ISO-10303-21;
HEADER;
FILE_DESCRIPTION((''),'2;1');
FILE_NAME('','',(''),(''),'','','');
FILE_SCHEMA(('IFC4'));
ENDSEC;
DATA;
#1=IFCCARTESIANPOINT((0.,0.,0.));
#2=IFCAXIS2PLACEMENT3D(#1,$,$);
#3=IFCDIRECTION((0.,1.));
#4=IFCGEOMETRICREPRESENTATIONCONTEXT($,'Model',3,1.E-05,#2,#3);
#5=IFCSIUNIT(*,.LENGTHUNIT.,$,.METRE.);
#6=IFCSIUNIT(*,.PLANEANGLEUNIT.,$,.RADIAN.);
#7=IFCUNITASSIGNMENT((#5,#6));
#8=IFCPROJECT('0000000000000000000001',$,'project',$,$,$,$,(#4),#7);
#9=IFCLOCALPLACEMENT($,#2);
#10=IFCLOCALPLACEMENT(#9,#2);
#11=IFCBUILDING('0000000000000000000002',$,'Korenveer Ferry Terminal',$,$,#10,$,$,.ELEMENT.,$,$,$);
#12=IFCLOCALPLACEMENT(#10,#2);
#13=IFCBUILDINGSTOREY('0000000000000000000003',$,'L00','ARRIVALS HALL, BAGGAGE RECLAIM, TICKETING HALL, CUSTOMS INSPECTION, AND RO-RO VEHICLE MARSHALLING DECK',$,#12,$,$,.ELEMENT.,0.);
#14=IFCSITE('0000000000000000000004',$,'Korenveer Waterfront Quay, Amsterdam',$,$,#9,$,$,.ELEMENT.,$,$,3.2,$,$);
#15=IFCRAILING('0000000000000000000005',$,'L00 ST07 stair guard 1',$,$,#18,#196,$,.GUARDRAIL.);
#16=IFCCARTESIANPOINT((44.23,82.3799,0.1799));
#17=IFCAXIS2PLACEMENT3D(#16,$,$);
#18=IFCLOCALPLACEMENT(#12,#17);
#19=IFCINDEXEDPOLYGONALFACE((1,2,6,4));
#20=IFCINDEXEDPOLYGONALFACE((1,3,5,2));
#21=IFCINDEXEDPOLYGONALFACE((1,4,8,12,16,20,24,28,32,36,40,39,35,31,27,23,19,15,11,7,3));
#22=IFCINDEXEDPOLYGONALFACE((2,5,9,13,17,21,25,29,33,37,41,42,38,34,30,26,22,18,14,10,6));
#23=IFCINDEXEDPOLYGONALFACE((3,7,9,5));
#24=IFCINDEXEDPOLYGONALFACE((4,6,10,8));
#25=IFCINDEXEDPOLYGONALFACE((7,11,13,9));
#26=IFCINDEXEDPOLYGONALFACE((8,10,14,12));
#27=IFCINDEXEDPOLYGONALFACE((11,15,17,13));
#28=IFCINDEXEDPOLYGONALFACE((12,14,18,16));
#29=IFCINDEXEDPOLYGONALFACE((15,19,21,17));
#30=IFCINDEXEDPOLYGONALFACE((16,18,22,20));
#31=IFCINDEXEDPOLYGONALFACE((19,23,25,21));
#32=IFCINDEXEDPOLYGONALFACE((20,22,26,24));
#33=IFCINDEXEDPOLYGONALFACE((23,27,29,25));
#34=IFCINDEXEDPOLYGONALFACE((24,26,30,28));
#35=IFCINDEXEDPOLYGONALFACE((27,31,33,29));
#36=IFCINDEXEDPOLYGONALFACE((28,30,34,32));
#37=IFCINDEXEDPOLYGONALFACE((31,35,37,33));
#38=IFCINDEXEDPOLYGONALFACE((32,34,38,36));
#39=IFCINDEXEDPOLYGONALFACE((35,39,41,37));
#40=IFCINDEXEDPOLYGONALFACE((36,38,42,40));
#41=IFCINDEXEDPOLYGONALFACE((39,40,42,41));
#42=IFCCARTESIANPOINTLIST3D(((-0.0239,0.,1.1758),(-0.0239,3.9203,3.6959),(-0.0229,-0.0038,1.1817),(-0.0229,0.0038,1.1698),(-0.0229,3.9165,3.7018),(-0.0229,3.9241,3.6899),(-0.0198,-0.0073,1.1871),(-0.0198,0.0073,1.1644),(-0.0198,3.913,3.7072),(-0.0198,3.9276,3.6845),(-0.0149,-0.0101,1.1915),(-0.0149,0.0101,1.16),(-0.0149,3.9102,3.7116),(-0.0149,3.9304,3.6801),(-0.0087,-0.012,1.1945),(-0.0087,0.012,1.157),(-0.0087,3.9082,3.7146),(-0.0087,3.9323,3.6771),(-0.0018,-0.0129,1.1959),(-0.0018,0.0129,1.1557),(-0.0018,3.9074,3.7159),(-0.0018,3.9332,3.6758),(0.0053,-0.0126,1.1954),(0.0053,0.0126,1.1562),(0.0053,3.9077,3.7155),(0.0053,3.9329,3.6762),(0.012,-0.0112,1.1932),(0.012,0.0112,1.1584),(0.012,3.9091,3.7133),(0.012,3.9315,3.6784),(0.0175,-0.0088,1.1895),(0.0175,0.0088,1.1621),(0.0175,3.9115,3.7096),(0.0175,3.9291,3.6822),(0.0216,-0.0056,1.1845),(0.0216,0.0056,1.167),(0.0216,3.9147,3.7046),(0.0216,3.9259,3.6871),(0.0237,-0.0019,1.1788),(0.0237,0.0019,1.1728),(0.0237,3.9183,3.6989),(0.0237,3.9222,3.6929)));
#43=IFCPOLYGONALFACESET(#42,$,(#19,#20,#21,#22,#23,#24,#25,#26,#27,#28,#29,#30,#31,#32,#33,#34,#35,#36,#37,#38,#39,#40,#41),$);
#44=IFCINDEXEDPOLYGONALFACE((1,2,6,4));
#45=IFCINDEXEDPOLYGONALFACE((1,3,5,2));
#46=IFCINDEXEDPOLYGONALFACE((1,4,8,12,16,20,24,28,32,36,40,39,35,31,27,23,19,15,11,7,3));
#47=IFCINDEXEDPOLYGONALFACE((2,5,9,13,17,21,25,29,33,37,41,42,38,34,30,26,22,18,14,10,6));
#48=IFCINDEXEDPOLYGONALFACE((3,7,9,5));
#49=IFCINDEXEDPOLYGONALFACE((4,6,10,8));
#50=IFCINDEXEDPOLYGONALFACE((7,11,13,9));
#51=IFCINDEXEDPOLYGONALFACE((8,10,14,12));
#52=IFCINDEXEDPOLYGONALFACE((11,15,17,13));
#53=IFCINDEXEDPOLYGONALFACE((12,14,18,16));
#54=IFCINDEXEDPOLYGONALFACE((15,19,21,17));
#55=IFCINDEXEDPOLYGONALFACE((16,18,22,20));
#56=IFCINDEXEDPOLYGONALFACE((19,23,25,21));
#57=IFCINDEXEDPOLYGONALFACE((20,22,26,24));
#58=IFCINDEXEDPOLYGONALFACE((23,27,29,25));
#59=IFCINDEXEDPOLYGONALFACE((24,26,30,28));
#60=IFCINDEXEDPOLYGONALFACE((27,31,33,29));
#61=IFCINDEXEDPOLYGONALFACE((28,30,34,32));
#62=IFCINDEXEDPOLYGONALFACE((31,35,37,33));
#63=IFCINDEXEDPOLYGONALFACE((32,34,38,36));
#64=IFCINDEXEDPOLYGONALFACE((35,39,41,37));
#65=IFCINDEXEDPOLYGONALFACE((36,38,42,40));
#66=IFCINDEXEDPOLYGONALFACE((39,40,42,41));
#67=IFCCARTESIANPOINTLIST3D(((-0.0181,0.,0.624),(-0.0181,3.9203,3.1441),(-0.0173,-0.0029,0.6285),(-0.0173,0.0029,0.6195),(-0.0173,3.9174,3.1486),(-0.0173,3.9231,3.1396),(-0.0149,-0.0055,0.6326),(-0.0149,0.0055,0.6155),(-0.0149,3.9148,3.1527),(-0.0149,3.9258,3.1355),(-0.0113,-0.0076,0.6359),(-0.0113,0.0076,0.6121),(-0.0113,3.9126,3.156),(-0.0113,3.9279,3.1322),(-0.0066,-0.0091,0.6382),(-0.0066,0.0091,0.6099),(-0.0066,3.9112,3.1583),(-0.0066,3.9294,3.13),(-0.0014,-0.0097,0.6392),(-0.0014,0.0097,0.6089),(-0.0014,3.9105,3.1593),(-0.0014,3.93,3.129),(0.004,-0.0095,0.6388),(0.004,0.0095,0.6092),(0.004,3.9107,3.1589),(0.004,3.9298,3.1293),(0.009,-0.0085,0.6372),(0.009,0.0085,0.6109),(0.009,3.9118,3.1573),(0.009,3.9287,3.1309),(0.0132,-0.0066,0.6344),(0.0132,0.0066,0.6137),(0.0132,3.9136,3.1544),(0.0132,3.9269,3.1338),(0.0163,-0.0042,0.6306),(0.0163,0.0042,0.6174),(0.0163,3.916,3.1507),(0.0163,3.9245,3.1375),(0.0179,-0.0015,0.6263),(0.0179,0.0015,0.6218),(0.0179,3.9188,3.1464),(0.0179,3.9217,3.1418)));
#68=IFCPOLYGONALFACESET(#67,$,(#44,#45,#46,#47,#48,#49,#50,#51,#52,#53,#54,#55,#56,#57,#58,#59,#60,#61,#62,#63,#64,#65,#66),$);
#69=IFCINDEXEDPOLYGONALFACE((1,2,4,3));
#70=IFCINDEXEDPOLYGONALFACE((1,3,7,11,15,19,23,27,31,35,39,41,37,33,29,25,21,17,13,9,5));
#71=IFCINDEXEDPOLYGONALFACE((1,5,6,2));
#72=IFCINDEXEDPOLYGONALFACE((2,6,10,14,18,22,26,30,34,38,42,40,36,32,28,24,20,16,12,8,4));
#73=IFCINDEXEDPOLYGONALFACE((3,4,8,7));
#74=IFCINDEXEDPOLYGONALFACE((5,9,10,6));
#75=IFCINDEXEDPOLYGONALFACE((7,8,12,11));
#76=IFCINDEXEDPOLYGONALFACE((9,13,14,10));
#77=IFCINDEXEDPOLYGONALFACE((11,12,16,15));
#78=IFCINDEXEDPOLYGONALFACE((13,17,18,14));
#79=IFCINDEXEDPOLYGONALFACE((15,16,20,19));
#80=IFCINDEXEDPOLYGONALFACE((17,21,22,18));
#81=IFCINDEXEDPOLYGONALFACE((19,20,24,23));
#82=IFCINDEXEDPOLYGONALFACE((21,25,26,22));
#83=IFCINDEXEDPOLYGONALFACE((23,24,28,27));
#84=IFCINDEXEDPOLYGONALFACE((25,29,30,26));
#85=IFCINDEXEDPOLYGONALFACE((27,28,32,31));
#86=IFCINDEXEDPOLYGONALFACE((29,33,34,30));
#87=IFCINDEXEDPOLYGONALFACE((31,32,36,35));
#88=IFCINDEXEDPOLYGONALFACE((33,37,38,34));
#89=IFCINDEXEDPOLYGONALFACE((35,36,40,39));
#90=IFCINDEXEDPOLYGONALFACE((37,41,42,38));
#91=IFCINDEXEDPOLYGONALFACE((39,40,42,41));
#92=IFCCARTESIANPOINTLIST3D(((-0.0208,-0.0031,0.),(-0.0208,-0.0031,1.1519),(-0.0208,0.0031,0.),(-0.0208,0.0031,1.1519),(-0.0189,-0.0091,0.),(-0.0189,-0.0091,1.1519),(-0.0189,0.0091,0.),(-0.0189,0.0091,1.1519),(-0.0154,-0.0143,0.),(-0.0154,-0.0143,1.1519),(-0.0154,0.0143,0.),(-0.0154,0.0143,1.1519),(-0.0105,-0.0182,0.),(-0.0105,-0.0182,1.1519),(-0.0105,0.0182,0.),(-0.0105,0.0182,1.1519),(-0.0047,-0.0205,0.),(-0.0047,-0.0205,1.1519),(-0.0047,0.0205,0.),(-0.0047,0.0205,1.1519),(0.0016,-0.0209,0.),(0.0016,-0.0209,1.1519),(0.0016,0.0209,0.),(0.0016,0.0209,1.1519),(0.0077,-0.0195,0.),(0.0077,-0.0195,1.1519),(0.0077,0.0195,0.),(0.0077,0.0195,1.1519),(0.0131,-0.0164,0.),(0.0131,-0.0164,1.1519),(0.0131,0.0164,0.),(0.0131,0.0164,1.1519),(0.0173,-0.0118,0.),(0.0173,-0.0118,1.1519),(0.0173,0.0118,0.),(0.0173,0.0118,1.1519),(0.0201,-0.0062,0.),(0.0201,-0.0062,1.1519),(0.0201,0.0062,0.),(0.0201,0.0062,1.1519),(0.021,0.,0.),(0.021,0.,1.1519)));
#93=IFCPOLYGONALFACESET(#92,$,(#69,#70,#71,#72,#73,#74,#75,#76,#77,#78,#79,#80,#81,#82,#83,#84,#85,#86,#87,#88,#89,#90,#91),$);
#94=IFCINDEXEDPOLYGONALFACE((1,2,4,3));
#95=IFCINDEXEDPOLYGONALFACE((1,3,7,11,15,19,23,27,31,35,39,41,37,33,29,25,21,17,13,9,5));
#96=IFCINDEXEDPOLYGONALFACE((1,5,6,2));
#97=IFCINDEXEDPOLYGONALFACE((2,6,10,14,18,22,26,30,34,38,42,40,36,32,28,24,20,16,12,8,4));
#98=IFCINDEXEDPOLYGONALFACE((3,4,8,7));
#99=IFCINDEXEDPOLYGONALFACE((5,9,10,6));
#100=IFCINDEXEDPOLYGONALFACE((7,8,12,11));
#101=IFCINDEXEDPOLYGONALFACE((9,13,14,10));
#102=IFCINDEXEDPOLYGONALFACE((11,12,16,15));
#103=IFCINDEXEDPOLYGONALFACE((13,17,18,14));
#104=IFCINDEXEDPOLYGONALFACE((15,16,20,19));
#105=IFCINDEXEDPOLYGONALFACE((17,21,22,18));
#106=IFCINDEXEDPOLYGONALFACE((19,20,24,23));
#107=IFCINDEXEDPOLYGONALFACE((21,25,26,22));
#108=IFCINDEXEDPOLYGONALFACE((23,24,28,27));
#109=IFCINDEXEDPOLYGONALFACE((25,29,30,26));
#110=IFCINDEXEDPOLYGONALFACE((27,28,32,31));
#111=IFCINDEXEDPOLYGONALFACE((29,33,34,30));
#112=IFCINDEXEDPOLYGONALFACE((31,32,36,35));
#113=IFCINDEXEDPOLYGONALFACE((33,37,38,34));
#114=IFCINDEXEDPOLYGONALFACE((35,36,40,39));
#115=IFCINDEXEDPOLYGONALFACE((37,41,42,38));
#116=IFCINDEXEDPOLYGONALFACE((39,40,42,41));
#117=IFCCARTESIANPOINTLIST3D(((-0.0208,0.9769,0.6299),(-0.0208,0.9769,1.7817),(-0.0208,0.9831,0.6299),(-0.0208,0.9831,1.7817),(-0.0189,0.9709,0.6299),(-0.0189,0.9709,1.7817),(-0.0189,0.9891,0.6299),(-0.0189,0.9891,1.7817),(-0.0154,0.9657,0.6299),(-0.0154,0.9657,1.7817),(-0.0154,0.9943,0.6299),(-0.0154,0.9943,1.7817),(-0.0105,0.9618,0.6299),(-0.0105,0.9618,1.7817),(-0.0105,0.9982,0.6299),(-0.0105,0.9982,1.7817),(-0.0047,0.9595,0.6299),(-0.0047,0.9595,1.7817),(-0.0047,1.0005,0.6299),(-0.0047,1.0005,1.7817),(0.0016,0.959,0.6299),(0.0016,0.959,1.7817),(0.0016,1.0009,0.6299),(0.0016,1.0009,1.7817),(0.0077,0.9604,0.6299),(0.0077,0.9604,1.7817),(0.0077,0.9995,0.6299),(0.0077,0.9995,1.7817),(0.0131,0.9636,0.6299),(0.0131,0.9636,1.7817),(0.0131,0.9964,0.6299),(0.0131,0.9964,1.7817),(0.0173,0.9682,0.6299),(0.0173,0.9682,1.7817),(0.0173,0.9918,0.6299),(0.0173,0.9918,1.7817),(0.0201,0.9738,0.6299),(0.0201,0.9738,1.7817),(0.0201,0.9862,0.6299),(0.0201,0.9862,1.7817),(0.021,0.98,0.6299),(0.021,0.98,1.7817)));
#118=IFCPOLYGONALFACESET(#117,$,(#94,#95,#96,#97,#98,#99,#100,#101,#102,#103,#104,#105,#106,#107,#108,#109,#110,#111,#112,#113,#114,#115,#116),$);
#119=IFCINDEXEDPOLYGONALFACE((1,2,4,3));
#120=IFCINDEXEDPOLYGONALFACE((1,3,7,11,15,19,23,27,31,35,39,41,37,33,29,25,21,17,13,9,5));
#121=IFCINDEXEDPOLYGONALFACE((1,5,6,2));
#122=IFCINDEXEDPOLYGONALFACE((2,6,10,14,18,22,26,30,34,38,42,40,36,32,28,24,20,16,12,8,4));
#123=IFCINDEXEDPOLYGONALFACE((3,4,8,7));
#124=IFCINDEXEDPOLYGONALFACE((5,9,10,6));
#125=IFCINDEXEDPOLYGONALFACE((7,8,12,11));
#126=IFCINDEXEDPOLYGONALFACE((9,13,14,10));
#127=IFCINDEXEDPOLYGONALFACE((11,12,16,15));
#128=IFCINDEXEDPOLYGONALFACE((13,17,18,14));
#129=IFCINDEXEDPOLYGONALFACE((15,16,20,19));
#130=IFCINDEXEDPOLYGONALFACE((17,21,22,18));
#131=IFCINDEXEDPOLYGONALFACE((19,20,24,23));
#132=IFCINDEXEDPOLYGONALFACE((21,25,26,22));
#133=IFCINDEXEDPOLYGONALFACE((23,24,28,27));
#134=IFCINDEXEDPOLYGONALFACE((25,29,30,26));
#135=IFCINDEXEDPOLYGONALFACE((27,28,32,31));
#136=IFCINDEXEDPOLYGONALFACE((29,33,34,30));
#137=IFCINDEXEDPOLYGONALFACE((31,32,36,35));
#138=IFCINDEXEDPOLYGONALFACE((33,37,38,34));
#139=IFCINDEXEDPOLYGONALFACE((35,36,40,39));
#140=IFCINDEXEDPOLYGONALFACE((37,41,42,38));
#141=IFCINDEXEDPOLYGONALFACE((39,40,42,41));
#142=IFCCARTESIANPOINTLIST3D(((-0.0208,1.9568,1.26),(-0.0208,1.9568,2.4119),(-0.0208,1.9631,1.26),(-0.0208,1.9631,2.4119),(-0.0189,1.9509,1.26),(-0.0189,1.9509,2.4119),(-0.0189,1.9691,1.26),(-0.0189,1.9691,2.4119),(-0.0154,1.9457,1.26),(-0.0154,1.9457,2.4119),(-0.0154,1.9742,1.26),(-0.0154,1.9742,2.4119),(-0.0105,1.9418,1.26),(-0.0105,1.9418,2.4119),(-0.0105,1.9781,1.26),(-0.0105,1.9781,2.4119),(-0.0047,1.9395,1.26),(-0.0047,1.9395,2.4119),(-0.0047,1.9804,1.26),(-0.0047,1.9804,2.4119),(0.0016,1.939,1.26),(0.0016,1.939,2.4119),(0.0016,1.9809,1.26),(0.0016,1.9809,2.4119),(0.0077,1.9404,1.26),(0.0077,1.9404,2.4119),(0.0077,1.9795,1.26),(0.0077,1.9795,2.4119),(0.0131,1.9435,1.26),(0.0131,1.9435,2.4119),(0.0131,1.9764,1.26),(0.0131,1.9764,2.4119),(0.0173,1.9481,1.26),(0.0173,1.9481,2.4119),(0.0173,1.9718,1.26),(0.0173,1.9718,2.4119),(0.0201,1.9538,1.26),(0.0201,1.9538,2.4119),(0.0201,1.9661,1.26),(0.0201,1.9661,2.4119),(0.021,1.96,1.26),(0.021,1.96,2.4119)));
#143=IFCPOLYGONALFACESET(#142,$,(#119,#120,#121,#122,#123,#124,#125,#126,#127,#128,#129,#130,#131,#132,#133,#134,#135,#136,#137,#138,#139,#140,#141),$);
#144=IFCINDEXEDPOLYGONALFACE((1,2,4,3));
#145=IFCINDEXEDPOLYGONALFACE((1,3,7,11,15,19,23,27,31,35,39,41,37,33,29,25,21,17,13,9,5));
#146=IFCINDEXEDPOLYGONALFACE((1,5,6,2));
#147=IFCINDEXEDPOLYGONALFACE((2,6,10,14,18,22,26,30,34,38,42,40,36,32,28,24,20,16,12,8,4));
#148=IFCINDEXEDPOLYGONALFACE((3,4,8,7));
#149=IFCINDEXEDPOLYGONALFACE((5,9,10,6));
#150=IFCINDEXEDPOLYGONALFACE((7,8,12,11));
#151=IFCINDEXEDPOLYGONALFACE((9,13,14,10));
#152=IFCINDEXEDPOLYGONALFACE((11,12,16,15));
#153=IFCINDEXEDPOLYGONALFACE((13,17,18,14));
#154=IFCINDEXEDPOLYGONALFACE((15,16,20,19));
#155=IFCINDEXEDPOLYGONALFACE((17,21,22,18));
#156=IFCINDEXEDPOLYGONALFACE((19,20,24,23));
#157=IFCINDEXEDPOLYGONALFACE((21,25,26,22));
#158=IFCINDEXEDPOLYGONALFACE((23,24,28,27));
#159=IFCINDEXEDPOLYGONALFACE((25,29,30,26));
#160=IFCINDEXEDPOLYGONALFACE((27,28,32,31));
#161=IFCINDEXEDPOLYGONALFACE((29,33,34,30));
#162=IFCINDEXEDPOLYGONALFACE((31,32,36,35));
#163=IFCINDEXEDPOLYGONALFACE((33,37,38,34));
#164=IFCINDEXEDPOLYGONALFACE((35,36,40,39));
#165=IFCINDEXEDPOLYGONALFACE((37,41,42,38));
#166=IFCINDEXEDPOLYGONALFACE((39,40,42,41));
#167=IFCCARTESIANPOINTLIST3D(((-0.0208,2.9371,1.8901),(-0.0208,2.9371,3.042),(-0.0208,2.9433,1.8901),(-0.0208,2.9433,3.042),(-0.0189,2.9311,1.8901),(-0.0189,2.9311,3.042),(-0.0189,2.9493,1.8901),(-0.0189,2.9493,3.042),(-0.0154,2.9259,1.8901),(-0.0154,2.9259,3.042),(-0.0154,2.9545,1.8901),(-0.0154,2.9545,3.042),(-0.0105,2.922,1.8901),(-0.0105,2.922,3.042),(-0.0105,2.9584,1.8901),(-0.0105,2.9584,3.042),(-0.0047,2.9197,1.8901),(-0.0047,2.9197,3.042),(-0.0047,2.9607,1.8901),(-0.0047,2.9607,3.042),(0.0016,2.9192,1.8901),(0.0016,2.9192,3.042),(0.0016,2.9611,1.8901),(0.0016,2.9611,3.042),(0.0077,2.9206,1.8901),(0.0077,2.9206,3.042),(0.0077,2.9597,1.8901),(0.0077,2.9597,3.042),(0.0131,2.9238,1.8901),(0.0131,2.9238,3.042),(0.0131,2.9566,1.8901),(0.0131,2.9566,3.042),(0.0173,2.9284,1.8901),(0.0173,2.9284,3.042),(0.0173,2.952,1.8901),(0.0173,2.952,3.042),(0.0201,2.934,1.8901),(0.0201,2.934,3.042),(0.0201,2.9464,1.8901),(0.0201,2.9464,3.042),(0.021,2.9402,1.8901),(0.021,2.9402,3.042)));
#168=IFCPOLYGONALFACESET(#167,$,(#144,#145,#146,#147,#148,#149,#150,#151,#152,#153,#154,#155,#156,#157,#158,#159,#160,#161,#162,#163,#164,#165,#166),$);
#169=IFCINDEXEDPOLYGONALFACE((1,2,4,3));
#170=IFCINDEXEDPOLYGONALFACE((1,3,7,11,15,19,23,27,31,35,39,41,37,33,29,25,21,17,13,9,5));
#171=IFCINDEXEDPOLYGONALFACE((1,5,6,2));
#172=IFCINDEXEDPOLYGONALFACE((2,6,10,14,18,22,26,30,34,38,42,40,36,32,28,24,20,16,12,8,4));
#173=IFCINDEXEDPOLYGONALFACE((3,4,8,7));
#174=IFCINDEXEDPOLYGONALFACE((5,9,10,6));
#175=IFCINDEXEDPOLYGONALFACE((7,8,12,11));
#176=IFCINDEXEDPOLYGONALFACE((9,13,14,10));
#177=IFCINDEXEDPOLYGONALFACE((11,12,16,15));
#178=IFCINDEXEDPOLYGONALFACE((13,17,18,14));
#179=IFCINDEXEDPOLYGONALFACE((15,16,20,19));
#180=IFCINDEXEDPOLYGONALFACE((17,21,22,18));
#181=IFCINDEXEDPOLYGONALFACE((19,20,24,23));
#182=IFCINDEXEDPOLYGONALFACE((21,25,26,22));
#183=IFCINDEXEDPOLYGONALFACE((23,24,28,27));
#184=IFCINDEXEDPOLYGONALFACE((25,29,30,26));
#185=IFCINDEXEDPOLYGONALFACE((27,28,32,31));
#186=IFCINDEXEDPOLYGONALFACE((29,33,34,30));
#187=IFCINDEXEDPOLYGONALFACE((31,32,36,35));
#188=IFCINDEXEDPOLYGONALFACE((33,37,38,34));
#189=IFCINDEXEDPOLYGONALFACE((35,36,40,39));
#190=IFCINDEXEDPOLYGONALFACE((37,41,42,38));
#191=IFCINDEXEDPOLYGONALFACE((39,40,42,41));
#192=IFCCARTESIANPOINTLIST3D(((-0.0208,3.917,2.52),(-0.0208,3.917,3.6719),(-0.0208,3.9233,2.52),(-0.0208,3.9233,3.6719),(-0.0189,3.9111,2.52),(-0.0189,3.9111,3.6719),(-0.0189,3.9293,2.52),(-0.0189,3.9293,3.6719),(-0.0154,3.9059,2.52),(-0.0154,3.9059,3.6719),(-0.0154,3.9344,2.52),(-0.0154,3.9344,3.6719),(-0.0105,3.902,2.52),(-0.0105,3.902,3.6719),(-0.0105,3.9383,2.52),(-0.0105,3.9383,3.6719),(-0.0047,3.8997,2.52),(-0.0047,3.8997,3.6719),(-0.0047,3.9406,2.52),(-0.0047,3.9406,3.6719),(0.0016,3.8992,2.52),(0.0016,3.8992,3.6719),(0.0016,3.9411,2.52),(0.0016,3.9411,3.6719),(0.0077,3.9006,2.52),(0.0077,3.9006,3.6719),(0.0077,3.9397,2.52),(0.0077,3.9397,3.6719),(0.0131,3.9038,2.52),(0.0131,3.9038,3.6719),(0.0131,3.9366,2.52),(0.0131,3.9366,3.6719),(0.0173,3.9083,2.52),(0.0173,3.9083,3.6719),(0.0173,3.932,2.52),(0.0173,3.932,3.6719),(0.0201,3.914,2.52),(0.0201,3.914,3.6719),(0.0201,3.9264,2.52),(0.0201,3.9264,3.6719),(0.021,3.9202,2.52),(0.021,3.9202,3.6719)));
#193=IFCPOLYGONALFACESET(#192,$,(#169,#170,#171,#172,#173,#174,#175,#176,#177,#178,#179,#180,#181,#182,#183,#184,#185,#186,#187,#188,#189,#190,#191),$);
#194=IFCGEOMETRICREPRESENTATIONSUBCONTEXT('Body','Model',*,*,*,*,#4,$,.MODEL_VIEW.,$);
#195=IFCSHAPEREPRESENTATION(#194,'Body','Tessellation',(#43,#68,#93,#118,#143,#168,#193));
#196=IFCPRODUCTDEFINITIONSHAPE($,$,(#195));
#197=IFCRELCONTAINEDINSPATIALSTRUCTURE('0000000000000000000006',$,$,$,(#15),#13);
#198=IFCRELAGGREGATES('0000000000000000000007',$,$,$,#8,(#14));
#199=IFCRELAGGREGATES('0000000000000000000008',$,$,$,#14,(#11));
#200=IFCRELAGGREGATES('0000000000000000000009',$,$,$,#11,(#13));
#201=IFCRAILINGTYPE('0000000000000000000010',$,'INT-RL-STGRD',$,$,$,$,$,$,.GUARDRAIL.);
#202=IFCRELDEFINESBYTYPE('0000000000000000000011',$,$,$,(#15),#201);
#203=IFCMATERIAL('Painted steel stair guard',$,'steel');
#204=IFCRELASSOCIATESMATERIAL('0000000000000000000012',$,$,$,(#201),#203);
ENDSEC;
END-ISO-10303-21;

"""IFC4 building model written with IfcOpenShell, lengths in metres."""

from ifc_helpers import new_model, si_unit, direction, frame, origin, origin_2d, place, context, subcontext, project, spatial, circle, extrude, material, type_object, element, save


model = new_model("IFC4")

# Units and contexts
model_context = context("Model", 3, precision=1e-05, world=origin(), true_north=direction((0.0, 1.0)))
body_context = subcontext(model_context, "Body", "Model", "MODEL_VIEW")
ifc_project = project(units=[si_unit("LENGTHUNIT", "METRE"), si_unit("PLANEANGLEUNIT", "RADIAN")], contexts=[model_context])

# Site, building, storey
site_placement = place(None, origin())
site = spatial("IfcSite", under=ifc_project, at=site_placement, Name="Korenveer Waterfront Quay, Amsterdam", CompositionType="ELEMENT", RefElevation=3.2)
building_placement = place(site_placement, origin())
building = spatial("IfcBuilding", under=site, at=building_placement, Name="Korenveer Ferry Terminal", CompositionType="ELEMENT")
storey_placement = place(building_placement, origin())
storey = spatial("IfcBuildingStorey", under=building, at=storey_placement, Name="L00", Description="ARRIVALS HALL, BAGGAGE RECLAIM, TICKETING HALL, CUSTOMS INSPECTION, AND RO-RO VEHICLE MARSHALLING DECK", CompositionType="ELEMENT", Elevation=0.0)

# Railing
ifc_material_1 = material(Name="Painted steel stair guard", Category="steel")
railing_type_1 = type_object("IfcRailingType", Name="INT-RL-STGRD", PredefinedType="GUARDRAIL", material=ifc_material_1)
railing_1_placement = place(storey_placement, frame((44.23, 82.3799, 0.1799)))
element("IfcRailing", 1, at=railing_1_placement, inside=storey, type_object=railing_type_1, Name="L00 ST07 stair guard 1", PredefinedType="GUARDRAIL", context=body_context, shape_type="SweptSolid", body=[
    extrude(circle(Radius=0.0239, at=origin_2d()), frame((0.0, 0.0, 1.1758), z_axis=(0.0, 0.841187, 0.540744), x_axis=(-1.0, 0.0, 0.0)), (0.0, 0.0, 1.0), 4.6604),
    extrude(circle(Radius=0.0181, at=origin_2d()), frame((0.0, 0.0, 0.624), z_axis=(0.0, 0.841187, 0.540744), x_axis=(-1.0, 0.0, 0.0)), (0.0, 0.0, 1.0), 4.6604),
    extrude(circle(Radius=0.021, at=origin_2d()), origin(), (0.0, 0.0, 1.0), 1.1519),
    extrude(circle(Radius=0.021, at=origin_2d()), frame((0.0, 0.98, 0.6299)), (0.0, 0.0, 1.0), 1.1519),
    extrude(circle(Radius=0.021, at=origin_2d()), frame((0.0, 1.96, 1.26)), (0.0, 0.0, 1.0), 1.1519),
    extrude(circle(Radius=0.021, at=origin_2d()), frame((0.0, 2.9402, 1.8901)), (0.0, 0.0, 1.0), 1.1519),
    extrude(circle(Radius=0.021, at=origin_2d()), frame((0.0, 3.9202, 2.52)), (0.0, 0.0, 1.0), 1.1519),
])

save(model, "model.ifc")
